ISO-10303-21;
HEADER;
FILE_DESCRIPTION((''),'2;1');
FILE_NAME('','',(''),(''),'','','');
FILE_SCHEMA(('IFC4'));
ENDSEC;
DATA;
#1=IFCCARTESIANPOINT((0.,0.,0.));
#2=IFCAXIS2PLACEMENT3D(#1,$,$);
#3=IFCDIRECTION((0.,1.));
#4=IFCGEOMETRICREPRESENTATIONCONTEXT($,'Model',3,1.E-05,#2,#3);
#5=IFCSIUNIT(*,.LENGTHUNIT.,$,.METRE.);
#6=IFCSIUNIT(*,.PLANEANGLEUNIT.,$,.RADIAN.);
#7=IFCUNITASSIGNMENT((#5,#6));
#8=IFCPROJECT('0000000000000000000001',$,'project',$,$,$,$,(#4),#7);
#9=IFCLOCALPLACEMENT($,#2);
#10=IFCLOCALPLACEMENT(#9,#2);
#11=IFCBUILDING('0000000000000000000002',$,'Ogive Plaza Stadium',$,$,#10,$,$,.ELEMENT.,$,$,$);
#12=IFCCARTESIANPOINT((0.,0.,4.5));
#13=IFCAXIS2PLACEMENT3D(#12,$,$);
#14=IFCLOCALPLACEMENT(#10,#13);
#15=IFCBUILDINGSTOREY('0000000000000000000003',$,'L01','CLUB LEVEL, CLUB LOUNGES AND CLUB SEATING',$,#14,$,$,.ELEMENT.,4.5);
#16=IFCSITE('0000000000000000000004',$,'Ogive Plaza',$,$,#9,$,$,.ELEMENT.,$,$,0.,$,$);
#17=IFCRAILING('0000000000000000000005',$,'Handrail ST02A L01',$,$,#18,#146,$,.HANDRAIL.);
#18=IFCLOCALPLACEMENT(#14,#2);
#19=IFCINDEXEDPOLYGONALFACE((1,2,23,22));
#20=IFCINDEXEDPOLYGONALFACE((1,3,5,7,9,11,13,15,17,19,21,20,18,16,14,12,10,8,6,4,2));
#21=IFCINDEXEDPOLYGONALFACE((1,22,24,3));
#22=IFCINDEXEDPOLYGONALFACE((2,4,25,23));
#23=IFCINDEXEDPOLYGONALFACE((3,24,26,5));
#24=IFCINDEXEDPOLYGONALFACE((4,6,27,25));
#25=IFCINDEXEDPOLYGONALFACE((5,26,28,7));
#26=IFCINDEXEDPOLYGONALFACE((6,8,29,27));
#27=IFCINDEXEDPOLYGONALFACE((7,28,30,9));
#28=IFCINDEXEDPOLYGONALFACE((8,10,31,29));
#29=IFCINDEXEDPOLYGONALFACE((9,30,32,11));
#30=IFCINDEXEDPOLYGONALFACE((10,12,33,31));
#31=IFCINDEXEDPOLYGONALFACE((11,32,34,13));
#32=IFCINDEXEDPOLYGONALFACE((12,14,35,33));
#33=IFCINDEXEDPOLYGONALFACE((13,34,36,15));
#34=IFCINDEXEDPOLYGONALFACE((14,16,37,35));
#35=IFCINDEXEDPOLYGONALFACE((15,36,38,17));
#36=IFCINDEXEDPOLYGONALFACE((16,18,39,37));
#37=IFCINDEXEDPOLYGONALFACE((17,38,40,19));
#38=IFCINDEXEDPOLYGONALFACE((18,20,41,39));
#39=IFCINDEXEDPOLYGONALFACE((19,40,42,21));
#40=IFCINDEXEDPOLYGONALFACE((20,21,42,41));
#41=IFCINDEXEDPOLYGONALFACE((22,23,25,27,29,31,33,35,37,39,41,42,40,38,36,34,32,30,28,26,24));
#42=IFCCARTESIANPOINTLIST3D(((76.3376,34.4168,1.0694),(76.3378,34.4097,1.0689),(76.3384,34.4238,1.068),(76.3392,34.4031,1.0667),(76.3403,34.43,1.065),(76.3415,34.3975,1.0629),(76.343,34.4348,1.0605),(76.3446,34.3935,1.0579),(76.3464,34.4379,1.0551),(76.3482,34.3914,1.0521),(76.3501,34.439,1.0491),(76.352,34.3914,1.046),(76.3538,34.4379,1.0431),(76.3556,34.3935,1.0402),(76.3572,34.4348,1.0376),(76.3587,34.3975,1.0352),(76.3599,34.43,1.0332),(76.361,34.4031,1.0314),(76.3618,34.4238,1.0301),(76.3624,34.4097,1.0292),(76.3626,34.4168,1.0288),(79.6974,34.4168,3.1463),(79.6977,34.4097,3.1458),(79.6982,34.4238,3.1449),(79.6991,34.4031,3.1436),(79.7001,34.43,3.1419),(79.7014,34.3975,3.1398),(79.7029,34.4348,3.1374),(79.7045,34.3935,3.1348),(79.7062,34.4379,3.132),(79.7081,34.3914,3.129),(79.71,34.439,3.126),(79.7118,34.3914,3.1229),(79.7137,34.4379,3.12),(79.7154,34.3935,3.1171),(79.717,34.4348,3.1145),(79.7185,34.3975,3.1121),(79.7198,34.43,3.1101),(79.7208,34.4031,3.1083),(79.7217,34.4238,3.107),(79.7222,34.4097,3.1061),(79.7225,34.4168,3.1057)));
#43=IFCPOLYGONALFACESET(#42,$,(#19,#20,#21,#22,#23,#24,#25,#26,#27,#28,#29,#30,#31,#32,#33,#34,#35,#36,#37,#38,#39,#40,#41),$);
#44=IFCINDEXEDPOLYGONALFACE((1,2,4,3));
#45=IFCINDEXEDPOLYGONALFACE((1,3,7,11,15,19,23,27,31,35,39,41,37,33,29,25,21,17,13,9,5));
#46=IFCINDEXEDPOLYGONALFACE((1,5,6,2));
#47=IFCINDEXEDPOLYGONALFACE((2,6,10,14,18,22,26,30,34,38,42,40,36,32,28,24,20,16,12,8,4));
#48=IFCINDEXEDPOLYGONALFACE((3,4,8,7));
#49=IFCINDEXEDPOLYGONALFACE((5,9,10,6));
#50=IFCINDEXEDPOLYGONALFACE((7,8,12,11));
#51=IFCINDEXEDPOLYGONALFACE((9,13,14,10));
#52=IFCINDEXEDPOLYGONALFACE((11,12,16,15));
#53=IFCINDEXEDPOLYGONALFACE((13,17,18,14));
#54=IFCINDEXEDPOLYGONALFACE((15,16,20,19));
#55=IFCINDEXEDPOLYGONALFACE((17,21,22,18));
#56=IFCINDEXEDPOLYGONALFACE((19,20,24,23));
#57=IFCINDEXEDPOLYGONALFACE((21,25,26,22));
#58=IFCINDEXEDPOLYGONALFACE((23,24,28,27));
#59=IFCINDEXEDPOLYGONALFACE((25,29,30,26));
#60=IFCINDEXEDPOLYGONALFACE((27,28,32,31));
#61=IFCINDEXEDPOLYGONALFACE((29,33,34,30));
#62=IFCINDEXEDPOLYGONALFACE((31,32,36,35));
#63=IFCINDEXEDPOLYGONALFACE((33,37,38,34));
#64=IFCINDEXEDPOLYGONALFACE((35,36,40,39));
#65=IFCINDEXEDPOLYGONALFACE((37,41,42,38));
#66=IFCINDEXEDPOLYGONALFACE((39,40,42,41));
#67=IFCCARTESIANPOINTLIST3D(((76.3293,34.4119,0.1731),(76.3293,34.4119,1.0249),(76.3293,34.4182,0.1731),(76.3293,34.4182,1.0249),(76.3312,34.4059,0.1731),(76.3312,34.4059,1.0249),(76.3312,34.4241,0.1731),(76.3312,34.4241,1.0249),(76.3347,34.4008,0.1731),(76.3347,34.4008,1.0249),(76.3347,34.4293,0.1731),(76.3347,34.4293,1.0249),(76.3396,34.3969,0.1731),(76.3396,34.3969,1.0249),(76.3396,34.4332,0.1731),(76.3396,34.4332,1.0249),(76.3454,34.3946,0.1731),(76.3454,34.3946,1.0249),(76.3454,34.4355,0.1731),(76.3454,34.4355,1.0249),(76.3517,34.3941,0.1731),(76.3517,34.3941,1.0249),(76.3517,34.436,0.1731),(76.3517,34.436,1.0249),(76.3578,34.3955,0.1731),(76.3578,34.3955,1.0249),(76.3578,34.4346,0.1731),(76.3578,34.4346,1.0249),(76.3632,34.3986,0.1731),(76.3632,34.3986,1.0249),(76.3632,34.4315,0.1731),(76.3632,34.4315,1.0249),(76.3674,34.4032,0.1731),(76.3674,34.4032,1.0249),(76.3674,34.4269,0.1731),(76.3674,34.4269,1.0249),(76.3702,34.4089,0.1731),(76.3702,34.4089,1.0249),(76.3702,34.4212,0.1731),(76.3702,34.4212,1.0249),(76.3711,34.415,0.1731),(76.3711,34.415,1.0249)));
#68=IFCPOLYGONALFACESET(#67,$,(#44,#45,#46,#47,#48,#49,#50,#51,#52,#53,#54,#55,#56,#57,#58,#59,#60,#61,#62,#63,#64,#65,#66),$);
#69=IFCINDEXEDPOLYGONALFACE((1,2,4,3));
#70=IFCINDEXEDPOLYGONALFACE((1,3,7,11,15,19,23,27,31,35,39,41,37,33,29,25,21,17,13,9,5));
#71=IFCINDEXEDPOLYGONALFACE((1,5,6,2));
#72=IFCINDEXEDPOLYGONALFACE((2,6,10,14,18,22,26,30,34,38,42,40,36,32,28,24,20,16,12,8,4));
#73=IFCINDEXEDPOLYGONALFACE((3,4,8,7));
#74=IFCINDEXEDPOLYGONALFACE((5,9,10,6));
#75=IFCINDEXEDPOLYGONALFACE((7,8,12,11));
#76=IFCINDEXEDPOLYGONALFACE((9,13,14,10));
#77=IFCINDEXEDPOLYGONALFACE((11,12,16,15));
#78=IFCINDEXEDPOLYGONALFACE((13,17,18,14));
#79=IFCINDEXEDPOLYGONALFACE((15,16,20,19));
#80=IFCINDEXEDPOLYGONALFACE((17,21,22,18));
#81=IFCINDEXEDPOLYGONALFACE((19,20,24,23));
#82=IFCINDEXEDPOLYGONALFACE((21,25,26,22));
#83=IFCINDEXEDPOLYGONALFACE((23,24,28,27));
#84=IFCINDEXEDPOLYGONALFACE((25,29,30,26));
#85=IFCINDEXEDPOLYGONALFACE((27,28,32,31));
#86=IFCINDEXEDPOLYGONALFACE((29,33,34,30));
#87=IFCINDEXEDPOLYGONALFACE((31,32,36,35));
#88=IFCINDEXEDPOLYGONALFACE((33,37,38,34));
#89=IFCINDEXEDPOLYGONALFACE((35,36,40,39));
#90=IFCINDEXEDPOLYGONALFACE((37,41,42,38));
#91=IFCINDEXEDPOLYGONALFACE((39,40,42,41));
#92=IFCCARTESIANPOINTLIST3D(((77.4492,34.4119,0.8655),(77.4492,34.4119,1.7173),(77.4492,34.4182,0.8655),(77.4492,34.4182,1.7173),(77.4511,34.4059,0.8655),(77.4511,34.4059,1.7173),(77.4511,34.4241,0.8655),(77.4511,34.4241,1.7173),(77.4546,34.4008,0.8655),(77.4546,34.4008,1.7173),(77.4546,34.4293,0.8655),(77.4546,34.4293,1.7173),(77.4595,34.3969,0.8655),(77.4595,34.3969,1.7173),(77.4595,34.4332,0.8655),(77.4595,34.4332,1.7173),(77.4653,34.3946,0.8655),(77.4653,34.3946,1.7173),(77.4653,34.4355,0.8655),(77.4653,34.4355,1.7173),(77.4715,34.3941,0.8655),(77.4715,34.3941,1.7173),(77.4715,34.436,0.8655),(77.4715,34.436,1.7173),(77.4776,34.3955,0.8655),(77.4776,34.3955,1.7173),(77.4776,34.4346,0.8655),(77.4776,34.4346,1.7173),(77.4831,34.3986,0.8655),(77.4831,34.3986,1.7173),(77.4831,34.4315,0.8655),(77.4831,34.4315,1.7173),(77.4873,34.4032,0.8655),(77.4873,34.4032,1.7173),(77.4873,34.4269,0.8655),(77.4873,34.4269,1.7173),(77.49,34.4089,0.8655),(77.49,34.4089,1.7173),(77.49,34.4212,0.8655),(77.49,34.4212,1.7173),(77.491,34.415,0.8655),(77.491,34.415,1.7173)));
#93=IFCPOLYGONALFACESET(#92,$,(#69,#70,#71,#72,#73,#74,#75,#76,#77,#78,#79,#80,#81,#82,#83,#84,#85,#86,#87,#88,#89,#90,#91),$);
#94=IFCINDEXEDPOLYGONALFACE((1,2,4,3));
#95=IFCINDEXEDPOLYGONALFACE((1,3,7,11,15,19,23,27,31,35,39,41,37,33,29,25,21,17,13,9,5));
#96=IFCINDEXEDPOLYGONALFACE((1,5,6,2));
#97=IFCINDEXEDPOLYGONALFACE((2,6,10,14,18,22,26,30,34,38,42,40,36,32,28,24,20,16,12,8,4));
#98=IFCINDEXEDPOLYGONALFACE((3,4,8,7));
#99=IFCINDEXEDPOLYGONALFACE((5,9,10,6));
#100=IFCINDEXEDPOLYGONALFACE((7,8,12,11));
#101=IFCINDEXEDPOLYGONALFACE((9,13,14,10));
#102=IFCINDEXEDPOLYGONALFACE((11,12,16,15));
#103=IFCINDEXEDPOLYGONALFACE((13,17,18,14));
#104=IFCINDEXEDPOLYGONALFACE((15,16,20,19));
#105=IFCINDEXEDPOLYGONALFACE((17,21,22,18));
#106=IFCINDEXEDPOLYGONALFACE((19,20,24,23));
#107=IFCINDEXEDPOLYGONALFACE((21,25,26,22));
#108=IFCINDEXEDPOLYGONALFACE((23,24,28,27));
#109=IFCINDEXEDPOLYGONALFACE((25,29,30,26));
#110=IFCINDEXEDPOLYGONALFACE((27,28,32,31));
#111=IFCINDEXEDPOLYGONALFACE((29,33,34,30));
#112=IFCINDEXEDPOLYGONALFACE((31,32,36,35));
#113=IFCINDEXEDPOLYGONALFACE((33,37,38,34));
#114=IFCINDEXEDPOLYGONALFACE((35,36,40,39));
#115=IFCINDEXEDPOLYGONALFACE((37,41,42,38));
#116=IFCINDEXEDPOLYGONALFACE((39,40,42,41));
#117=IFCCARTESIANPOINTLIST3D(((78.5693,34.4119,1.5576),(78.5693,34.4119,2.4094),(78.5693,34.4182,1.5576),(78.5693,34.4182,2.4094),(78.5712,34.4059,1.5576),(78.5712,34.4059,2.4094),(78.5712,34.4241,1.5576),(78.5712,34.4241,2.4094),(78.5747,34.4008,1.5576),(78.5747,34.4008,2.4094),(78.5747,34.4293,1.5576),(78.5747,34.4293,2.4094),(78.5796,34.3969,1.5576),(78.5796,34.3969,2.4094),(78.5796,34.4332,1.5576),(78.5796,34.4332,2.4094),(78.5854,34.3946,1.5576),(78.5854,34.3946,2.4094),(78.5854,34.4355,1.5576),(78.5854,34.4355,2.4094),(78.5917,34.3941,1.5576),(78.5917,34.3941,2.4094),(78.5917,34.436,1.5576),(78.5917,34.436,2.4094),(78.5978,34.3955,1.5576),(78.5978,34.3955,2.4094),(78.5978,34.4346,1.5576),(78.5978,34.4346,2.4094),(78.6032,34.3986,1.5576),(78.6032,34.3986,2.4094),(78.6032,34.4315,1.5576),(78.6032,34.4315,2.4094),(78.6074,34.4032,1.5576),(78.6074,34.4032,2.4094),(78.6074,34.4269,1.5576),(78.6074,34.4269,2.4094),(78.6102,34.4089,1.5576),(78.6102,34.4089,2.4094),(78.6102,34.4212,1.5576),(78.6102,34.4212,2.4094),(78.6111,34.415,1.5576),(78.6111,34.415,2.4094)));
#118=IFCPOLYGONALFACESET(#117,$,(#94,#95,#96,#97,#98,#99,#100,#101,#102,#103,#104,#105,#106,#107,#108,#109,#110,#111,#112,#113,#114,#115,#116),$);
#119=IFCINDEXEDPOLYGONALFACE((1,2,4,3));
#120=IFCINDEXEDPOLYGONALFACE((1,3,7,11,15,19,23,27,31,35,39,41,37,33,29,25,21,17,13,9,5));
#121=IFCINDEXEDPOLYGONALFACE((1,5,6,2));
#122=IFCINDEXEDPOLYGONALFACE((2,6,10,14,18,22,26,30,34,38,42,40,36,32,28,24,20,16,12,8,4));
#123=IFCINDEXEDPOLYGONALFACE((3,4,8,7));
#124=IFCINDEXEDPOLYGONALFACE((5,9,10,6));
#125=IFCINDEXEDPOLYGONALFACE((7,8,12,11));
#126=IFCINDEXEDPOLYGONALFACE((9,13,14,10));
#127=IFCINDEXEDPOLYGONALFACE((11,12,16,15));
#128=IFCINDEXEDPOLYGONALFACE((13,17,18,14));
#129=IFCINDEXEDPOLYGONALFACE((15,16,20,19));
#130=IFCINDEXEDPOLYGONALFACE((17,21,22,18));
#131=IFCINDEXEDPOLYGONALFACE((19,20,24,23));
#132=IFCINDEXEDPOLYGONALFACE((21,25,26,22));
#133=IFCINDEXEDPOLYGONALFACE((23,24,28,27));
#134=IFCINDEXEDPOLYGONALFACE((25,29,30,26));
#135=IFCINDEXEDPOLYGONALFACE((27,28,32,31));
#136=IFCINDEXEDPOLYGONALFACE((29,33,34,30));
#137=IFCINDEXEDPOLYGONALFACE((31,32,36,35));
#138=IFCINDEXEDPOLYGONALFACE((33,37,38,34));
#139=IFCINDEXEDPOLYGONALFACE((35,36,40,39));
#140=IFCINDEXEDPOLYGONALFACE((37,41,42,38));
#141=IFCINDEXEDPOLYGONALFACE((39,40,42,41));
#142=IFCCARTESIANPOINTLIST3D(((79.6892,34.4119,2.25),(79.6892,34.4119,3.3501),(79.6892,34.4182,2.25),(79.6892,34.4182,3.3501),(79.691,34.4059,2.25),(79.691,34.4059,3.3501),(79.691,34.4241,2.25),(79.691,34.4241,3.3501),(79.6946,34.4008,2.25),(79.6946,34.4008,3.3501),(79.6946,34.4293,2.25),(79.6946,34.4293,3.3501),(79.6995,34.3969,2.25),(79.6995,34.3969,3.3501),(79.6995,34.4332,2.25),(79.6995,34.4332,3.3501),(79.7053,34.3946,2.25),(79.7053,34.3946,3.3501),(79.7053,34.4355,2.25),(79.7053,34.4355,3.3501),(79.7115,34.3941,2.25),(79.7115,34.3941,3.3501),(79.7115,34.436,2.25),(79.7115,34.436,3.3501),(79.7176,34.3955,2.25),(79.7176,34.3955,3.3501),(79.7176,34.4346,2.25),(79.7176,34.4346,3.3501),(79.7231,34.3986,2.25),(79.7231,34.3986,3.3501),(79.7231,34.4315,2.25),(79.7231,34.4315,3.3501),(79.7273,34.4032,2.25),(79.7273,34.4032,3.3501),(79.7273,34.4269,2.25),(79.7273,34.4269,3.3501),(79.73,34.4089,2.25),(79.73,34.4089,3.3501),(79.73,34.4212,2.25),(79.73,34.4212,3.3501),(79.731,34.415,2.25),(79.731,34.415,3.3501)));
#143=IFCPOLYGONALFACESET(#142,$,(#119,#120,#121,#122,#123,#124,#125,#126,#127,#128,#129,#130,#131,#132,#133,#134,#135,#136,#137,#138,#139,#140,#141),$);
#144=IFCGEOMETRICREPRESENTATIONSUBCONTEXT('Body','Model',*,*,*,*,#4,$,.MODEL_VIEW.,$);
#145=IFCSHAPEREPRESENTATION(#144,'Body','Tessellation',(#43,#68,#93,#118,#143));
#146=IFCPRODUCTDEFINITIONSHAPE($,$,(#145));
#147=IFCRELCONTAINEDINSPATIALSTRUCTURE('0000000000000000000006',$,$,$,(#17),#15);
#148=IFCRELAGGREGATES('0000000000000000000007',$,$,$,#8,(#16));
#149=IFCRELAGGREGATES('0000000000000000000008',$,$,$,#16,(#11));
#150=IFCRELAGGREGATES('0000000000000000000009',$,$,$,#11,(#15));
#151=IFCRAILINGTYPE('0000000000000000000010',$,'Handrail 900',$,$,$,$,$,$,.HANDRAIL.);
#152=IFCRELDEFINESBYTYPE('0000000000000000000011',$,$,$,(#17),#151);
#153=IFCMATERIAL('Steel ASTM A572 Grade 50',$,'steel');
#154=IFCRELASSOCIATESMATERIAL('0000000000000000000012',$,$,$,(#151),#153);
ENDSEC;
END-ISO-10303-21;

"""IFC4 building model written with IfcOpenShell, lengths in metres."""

from ifc_helpers import new_model, si_unit, direction, frame, origin, origin_2d, place, context, subcontext, project, spatial, circle, extrude, material, type_object, element, save


model = new_model("IFC4")

# Units and contexts
model_context = context("Model", 3, precision=1e-05, world=origin(), true_north=direction((0.0, 1.0)))
body_context = subcontext(model_context, "Body", "Model", "MODEL_VIEW")
ifc_project = project(units=[si_unit("LENGTHUNIT", "METRE"), si_unit("PLANEANGLEUNIT", "RADIAN")], contexts=[model_context])

# Site, building, storey
site_placement = place(None, origin())
site = spatial("IfcSite", under=ifc_project, at=site_placement, Name="Ogive Plaza", CompositionType="ELEMENT", RefElevation=0.0)
building_placement = place(site_placement, origin())
building = spatial("IfcBuilding", under=site, at=building_placement, Name="Ogive Plaza Stadium", CompositionType="ELEMENT")
storey_placement = place(building_placement, frame((0.0, 0.0, 4.5)))
storey = spatial("IfcBuildingStorey", under=building, at=storey_placement, Name="L01", Description="CLUB LEVEL, CLUB LOUNGES AND CLUB SEATING", CompositionType="ELEMENT", Elevation=4.5)

# Railing
ifc_material_1 = material(Name="Steel ASTM A572 Grade 50", Category="steel")
railing_type_1 = type_object("IfcRailingType", Name="Handrail 900", PredefinedType="HANDRAIL", material=ifc_material_1)
for number, where, name in (
    (1, (76.3501, 34.415, 0.1731), "Handrail ST02A L01"),
):
    element("IfcRailing", number, at=place(storey_placement, frame(where)), inside=storey, type_object=railing_type_1, Name=name, PredefinedType="HANDRAIL", context=body_context, shape_type="SweptSolid", body=[
        extrude(circle(Radius=0.0239, at=origin_2d()), frame((0.0, 0.0, 0.876), z_axis=(0.850606, 0.0, 0.525803), x_axis=(0.0, 1.0, 0.0)), (0.0, 0.0, 1.0), 3.95),
        extrude(circle(Radius=0.021, at=origin_2d()), origin(), (0.0, 0.0, 1.0), 0.8518),
        extrude(circle(Radius=0.021, at=origin_2d()), frame((1.1199, 0.0, 0.6924)), (0.0, 0.0, 1.0), 0.8518),
        extrude(circle(Radius=0.021, at=origin_2d()), frame((2.24, 0.0, 1.3845)), (0.0, 0.0, 1.0), 0.8518),
        extrude(circle(Radius=0.021, at=origin_2d()), frame((3.3599, 0.0, 2.0769)), (0.0, 0.0, 1.0), 1.1001),
    ])

save(model, "model.ifc")
